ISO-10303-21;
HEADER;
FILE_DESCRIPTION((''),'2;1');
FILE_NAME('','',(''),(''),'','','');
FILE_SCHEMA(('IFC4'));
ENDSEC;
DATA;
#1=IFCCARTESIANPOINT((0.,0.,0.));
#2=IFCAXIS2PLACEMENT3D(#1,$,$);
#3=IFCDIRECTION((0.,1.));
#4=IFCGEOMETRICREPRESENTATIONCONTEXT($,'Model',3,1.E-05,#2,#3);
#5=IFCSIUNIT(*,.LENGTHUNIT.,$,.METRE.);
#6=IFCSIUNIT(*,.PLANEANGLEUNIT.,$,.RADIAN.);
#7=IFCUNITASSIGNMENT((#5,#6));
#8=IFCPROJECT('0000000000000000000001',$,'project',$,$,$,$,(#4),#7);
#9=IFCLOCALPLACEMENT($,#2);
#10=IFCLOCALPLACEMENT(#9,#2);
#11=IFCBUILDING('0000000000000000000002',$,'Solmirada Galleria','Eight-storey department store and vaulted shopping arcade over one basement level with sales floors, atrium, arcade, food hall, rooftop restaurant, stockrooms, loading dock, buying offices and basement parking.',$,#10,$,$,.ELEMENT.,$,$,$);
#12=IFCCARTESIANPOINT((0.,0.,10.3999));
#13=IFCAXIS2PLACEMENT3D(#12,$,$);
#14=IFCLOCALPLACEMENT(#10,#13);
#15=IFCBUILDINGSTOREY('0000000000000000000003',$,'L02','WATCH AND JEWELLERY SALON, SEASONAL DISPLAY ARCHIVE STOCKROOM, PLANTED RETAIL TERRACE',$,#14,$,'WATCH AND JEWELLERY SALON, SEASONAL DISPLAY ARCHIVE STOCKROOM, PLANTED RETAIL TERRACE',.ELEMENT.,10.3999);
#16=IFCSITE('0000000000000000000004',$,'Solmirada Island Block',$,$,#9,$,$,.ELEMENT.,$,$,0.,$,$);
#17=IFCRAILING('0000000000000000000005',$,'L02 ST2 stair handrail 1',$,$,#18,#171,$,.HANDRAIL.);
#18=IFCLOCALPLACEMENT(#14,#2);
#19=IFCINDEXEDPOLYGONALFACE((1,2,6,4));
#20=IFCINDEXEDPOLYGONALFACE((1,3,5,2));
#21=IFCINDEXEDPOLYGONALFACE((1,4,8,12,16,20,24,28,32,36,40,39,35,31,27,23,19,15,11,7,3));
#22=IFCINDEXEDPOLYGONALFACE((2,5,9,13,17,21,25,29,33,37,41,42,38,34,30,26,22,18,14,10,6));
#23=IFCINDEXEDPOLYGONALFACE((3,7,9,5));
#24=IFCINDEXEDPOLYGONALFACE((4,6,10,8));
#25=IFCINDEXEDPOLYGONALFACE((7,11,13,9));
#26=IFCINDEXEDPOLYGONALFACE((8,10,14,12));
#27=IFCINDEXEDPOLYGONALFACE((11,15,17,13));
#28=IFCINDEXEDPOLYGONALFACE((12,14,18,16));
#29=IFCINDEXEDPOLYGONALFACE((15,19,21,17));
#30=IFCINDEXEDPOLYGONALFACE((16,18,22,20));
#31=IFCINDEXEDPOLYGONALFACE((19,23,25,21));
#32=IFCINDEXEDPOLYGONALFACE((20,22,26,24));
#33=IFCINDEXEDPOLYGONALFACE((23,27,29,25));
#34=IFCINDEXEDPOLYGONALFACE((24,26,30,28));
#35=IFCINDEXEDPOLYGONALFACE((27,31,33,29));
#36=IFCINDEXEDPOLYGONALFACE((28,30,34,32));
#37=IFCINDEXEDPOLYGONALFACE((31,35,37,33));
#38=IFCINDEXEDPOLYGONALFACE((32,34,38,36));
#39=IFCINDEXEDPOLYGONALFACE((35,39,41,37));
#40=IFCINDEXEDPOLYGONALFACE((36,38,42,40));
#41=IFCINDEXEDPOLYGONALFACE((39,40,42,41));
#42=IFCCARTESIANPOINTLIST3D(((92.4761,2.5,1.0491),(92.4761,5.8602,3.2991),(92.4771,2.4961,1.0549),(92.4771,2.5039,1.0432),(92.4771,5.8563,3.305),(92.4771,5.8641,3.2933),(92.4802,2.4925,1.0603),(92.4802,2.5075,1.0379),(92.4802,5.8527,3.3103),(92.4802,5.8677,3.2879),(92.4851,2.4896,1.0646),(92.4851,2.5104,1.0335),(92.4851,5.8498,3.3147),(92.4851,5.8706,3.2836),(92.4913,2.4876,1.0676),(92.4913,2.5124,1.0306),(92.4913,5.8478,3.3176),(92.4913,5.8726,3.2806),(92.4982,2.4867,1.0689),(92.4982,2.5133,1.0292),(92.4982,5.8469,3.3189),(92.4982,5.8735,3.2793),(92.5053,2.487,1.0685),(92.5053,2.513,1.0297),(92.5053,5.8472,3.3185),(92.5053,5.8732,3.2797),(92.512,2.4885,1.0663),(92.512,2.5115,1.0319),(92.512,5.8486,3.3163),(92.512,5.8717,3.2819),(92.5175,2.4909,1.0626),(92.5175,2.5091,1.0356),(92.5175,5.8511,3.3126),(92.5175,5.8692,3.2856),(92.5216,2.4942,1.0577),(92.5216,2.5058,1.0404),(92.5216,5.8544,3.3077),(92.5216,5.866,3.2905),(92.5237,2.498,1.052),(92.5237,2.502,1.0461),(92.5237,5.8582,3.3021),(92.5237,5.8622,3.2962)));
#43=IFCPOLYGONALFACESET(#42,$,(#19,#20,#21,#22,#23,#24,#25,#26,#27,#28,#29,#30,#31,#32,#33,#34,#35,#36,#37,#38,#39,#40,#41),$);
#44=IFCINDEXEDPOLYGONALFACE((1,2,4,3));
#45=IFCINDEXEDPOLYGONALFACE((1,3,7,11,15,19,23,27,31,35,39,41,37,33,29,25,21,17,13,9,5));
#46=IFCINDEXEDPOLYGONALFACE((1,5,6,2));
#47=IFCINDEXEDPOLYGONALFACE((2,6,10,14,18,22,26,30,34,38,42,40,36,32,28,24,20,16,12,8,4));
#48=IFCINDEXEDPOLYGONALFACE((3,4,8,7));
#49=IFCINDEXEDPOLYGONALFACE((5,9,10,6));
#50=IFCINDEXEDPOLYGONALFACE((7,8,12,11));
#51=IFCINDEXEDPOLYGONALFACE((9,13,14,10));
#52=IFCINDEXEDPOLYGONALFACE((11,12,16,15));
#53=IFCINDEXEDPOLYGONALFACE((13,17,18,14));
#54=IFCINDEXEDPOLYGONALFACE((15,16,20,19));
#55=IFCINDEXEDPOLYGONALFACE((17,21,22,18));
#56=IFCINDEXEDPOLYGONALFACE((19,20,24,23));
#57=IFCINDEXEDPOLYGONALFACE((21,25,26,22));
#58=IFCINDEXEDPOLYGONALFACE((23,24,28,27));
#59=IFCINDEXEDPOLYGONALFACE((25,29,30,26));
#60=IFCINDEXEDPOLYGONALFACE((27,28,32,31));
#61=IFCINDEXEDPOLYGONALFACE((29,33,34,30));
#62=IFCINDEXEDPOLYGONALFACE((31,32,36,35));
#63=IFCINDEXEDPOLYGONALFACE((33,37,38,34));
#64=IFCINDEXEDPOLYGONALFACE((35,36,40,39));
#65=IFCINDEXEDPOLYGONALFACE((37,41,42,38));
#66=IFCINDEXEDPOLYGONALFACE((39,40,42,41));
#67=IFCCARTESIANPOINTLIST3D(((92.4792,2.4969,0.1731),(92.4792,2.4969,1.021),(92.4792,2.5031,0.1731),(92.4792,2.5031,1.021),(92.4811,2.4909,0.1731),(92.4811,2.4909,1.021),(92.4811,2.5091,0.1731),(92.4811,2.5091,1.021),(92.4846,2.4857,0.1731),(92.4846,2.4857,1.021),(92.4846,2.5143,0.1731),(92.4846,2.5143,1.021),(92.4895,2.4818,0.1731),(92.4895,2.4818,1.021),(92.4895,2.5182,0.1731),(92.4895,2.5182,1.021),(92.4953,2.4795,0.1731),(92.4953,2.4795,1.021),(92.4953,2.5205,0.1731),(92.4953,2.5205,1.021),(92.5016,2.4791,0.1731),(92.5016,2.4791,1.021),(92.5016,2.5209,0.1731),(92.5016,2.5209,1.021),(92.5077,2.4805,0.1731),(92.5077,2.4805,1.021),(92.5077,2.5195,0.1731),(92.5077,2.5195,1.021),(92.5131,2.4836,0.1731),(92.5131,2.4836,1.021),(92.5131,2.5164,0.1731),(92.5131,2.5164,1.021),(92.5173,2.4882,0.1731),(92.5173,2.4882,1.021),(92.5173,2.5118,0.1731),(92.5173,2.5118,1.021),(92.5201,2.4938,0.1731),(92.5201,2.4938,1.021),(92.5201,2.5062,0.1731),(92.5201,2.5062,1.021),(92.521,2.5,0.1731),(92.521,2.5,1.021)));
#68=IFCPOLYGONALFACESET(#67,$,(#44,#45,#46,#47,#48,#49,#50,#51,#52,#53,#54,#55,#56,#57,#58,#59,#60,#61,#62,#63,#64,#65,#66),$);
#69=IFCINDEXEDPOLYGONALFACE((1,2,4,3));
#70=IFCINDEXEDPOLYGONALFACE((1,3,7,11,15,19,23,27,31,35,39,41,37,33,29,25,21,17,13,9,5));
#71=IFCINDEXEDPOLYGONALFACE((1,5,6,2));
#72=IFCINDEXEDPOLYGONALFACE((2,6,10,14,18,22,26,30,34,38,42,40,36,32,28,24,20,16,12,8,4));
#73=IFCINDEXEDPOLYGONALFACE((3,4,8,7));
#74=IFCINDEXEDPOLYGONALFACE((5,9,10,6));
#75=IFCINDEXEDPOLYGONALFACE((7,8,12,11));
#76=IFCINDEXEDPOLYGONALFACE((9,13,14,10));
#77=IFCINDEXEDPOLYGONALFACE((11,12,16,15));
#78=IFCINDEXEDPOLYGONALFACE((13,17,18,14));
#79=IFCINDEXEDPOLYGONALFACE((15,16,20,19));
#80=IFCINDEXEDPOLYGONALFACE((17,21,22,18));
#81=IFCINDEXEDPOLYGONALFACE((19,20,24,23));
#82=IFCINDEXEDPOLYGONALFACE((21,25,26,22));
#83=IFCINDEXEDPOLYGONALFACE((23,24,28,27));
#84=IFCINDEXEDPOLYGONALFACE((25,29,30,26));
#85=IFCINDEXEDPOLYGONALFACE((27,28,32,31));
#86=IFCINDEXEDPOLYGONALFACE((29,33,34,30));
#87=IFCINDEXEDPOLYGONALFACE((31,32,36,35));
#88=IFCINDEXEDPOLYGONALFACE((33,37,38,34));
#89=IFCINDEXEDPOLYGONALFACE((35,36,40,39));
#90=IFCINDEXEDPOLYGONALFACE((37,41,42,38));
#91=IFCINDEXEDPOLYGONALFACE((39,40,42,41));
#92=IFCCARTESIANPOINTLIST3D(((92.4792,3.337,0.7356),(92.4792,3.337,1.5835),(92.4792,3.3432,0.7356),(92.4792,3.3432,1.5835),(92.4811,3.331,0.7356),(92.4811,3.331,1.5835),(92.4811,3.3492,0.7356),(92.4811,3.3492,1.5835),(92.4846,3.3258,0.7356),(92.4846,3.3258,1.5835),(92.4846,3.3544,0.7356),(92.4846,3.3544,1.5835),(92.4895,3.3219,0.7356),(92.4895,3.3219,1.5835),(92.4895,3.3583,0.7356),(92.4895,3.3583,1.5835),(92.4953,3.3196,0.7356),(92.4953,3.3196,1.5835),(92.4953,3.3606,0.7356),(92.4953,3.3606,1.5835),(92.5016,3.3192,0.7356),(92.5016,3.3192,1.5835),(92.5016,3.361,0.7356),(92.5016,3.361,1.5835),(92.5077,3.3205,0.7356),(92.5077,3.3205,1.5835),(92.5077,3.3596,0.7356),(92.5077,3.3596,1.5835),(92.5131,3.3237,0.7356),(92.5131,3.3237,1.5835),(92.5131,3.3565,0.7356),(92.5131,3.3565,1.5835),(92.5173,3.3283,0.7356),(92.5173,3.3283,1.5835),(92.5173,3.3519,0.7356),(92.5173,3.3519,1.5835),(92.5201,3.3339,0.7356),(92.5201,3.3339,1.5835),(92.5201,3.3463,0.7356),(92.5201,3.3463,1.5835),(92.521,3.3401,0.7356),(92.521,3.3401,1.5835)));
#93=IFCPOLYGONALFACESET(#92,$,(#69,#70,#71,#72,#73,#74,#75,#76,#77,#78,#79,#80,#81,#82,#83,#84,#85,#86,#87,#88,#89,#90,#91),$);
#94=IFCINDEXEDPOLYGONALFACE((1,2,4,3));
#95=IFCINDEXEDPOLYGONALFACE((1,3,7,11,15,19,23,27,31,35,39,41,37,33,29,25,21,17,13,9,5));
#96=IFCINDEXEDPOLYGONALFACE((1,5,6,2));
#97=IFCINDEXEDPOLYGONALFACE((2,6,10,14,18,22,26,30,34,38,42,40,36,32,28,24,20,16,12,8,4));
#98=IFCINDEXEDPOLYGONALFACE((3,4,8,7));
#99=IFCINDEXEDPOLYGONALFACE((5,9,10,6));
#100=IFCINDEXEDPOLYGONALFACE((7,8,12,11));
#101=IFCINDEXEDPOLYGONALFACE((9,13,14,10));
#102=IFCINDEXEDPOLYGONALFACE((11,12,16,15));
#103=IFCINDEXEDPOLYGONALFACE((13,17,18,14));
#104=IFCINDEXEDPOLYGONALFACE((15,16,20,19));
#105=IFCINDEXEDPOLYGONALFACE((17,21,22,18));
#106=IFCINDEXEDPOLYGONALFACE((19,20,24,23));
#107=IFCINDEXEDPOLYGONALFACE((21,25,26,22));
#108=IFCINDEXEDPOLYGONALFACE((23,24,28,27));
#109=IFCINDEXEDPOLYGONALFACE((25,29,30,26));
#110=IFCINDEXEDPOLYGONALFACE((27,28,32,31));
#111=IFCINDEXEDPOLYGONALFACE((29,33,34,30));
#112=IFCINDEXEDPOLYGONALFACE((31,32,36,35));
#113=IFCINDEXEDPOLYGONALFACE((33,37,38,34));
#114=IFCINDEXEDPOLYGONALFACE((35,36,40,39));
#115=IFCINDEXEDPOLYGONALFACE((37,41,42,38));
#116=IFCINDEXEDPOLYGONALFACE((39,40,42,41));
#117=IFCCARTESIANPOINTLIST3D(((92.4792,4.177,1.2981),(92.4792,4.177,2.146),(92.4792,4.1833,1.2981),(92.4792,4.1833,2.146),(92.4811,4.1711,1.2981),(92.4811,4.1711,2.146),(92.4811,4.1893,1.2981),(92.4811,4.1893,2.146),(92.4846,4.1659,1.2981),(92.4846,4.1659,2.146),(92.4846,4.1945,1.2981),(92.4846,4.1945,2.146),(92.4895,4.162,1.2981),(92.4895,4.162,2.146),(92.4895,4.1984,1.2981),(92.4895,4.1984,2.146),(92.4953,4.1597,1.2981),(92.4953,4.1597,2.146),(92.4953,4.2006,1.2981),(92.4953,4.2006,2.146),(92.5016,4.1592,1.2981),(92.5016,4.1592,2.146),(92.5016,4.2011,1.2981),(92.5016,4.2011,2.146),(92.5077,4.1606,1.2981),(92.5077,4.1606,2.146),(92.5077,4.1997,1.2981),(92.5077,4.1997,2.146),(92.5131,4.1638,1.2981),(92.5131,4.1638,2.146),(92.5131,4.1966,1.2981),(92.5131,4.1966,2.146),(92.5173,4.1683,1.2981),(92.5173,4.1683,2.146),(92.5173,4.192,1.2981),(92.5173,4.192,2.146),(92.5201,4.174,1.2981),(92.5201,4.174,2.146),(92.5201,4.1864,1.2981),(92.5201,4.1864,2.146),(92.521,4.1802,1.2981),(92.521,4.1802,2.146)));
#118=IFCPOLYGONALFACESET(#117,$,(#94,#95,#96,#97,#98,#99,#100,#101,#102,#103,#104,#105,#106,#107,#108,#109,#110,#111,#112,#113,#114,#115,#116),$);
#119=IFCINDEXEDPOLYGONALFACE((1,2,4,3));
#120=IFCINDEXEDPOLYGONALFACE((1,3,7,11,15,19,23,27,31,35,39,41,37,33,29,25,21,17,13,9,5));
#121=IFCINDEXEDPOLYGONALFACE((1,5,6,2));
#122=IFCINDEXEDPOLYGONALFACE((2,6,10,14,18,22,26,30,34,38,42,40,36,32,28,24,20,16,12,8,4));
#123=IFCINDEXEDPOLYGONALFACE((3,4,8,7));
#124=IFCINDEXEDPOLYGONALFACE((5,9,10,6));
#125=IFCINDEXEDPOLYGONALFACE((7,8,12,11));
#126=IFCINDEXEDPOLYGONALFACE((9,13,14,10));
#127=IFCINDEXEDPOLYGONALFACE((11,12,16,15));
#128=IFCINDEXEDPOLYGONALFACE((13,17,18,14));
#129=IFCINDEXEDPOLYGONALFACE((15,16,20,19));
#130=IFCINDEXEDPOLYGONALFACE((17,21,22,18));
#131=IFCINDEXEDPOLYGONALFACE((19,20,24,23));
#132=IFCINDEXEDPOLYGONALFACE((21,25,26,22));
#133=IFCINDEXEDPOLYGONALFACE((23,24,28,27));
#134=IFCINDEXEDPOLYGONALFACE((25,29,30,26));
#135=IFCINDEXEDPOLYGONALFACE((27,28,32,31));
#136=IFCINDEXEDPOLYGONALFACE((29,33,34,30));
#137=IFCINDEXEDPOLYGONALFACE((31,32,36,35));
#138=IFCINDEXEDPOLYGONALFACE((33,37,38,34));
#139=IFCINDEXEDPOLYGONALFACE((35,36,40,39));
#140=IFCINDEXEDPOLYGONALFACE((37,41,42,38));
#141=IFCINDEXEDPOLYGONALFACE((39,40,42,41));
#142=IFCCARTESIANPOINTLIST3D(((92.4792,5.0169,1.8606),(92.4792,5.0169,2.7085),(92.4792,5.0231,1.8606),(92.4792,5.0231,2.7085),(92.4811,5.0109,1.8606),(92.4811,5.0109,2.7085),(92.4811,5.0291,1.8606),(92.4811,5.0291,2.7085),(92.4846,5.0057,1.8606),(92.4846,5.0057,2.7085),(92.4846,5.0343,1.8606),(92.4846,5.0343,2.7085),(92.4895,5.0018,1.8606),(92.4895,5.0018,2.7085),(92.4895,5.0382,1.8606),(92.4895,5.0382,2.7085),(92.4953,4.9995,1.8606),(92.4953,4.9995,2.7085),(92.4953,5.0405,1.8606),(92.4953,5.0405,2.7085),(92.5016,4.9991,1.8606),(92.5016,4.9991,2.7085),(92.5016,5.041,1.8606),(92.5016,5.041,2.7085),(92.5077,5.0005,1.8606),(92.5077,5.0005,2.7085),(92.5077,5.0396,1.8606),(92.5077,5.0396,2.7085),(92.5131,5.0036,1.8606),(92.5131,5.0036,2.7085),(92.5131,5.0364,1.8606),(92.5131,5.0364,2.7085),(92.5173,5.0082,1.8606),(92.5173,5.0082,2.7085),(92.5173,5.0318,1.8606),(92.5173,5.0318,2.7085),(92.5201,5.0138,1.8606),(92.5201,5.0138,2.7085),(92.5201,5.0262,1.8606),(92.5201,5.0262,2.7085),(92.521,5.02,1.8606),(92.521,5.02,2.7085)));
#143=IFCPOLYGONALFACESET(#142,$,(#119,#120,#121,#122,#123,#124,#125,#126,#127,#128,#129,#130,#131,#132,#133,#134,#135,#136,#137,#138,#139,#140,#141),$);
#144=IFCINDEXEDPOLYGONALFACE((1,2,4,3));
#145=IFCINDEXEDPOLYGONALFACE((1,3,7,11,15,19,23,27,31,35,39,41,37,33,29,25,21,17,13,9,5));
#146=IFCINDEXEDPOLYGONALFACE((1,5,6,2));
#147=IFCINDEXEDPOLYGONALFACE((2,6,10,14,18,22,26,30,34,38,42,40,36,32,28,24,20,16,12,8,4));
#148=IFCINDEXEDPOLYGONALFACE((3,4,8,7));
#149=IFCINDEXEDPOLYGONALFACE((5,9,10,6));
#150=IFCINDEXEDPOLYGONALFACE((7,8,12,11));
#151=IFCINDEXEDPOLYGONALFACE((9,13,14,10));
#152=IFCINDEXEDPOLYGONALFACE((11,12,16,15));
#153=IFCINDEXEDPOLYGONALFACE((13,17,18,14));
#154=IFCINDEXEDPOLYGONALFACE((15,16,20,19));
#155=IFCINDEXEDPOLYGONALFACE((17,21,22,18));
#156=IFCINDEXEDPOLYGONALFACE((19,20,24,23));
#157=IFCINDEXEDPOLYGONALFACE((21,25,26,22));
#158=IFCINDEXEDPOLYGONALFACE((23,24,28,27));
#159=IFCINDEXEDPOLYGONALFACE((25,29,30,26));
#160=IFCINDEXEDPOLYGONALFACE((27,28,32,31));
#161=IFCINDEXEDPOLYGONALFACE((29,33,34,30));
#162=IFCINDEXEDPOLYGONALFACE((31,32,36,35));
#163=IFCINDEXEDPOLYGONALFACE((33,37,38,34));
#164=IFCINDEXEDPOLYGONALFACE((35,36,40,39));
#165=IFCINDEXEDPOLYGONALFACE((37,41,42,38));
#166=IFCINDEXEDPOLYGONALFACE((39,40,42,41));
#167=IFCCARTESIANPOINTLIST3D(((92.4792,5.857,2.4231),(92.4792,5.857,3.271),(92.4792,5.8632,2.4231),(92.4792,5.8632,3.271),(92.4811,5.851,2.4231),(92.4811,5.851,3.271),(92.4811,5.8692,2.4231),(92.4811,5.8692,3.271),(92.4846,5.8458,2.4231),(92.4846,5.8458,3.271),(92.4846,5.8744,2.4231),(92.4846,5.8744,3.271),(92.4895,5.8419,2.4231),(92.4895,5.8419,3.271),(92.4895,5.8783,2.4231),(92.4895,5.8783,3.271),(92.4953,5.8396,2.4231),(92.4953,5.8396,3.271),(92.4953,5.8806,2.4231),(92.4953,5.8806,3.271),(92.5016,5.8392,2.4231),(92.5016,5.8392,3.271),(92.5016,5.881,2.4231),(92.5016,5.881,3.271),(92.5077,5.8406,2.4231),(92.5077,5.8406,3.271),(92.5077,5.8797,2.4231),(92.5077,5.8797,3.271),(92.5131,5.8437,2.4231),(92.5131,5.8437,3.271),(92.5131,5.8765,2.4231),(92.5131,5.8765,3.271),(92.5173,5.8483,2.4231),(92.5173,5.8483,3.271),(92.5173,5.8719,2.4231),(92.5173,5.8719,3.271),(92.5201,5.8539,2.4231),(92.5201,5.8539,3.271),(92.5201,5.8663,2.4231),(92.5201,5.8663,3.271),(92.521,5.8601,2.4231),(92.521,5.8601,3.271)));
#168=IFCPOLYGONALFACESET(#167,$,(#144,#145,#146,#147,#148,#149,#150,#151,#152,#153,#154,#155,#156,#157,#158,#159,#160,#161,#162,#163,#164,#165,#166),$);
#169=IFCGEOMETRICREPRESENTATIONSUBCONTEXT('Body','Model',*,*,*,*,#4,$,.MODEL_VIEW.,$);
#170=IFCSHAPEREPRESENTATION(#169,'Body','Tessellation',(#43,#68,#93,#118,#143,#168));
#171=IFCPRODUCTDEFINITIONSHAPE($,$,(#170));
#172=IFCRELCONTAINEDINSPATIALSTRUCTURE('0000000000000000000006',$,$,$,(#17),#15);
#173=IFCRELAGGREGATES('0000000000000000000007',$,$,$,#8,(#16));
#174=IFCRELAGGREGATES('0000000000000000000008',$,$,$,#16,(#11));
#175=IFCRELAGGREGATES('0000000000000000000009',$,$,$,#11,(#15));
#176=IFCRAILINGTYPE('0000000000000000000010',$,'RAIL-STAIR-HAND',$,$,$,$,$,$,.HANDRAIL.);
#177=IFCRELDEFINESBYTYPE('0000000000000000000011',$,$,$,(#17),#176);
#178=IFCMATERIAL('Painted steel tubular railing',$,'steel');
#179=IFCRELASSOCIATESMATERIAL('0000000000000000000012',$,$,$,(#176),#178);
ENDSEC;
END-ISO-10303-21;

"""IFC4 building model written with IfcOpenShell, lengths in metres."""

from ifc_helpers import new_model, si_unit, direction, frame, origin, origin_2d, place, context, subcontext, project, spatial, circle, extrude, material, type_object, element, save


model = new_model("IFC4")

# Units and contexts
model_context = context("Model", 3, precision=1e-05, world=origin(), true_north=direction((0.0, 1.0)))
body_context = subcontext(model_context, "Body", "Model", "MODEL_VIEW")
ifc_project = project(units=[si_unit("LENGTHUNIT", "METRE"), si_unit("PLANEANGLEUNIT", "RADIAN")], contexts=[model_context])

# Site, building, storey
site_placement = place(None, origin())
site = spatial("IfcSite", under=ifc_project, at=site_placement, Name="Solmirada Island Block", CompositionType="ELEMENT", RefElevation=0.0)
building_placement = place(site_placement, origin())
building = spatial("IfcBuilding", under=site, at=building_placement, Name="Solmirada Galleria", Description="Eight-storey department store and vaulted shopping arcade over one basement level with sales floors, atrium, arcade, food hall, rooftop restaurant, stockrooms, loading dock, buying offices and basement parking.", CompositionType="ELEMENT")
storey_placement = place(building_placement, frame((0.0, 0.0, 10.3999)))
storey = spatial("IfcBuildingStorey", under=building, at=storey_placement, Name="L02", Description="WATCH AND JEWELLERY SALON, SEASONAL DISPLAY ARCHIVE STOCKROOM, PLANTED RETAIL TERRACE", LongName="WATCH AND JEWELLERY SALON, SEASONAL DISPLAY ARCHIVE STOCKROOM, PLANTED RETAIL TERRACE", CompositionType="ELEMENT", Elevation=10.3999)

# Railing
ifc_material_1 = material(Name="Painted steel tubular railing", Category="steel")
railing_type_1 = type_object("IfcRailingType", Name="RAIL-STAIR-HAND", PredefinedType="HANDRAIL", material=ifc_material_1)
railing_1_placement = place(storey_placement, frame((92.5, 2.5, 0.1731)))
element("IfcRailing", 1, at=railing_1_placement, inside=storey, type_object=railing_type_1, Name="L02 ST2 stair handrail 1", PredefinedType="HANDRAIL", context=body_context, shape_type="SweptSolid", body=[
    extrude(circle(Radius=0.0239, at=origin_2d()), frame((0.0, 0.0, 0.876), z_axis=(0.0, 0.830915, 0.556399), x_axis=(-1.0, 0.0, 0.0)), (0.0, 0.0, 1.0), 4.0439),
    extrude(circle(Radius=0.021, at=origin_2d()), origin(), (0.0, 0.0, 1.0), 0.8479),
    extrude(circle(Radius=0.021, at=origin_2d()), frame((0.0, 0.8401, 0.5625)), (0.0, 0.0, 1.0), 0.8479),
    extrude(circle(Radius=0.021, at=origin_2d()), frame((0.0, 1.6802, 1.125)), (0.0, 0.0, 1.0), 0.8479),
    extrude(circle(Radius=0.021, at=origin_2d()), frame((0.0, 2.52, 1.6875)), (0.0, 0.0, 1.0), 0.8479),
    extrude(circle(Radius=0.021, at=origin_2d()), frame((0.0, 3.3601, 2.25)), (0.0, 0.0, 1.0), 0.8479),
])

save(model, "model.ifc")
